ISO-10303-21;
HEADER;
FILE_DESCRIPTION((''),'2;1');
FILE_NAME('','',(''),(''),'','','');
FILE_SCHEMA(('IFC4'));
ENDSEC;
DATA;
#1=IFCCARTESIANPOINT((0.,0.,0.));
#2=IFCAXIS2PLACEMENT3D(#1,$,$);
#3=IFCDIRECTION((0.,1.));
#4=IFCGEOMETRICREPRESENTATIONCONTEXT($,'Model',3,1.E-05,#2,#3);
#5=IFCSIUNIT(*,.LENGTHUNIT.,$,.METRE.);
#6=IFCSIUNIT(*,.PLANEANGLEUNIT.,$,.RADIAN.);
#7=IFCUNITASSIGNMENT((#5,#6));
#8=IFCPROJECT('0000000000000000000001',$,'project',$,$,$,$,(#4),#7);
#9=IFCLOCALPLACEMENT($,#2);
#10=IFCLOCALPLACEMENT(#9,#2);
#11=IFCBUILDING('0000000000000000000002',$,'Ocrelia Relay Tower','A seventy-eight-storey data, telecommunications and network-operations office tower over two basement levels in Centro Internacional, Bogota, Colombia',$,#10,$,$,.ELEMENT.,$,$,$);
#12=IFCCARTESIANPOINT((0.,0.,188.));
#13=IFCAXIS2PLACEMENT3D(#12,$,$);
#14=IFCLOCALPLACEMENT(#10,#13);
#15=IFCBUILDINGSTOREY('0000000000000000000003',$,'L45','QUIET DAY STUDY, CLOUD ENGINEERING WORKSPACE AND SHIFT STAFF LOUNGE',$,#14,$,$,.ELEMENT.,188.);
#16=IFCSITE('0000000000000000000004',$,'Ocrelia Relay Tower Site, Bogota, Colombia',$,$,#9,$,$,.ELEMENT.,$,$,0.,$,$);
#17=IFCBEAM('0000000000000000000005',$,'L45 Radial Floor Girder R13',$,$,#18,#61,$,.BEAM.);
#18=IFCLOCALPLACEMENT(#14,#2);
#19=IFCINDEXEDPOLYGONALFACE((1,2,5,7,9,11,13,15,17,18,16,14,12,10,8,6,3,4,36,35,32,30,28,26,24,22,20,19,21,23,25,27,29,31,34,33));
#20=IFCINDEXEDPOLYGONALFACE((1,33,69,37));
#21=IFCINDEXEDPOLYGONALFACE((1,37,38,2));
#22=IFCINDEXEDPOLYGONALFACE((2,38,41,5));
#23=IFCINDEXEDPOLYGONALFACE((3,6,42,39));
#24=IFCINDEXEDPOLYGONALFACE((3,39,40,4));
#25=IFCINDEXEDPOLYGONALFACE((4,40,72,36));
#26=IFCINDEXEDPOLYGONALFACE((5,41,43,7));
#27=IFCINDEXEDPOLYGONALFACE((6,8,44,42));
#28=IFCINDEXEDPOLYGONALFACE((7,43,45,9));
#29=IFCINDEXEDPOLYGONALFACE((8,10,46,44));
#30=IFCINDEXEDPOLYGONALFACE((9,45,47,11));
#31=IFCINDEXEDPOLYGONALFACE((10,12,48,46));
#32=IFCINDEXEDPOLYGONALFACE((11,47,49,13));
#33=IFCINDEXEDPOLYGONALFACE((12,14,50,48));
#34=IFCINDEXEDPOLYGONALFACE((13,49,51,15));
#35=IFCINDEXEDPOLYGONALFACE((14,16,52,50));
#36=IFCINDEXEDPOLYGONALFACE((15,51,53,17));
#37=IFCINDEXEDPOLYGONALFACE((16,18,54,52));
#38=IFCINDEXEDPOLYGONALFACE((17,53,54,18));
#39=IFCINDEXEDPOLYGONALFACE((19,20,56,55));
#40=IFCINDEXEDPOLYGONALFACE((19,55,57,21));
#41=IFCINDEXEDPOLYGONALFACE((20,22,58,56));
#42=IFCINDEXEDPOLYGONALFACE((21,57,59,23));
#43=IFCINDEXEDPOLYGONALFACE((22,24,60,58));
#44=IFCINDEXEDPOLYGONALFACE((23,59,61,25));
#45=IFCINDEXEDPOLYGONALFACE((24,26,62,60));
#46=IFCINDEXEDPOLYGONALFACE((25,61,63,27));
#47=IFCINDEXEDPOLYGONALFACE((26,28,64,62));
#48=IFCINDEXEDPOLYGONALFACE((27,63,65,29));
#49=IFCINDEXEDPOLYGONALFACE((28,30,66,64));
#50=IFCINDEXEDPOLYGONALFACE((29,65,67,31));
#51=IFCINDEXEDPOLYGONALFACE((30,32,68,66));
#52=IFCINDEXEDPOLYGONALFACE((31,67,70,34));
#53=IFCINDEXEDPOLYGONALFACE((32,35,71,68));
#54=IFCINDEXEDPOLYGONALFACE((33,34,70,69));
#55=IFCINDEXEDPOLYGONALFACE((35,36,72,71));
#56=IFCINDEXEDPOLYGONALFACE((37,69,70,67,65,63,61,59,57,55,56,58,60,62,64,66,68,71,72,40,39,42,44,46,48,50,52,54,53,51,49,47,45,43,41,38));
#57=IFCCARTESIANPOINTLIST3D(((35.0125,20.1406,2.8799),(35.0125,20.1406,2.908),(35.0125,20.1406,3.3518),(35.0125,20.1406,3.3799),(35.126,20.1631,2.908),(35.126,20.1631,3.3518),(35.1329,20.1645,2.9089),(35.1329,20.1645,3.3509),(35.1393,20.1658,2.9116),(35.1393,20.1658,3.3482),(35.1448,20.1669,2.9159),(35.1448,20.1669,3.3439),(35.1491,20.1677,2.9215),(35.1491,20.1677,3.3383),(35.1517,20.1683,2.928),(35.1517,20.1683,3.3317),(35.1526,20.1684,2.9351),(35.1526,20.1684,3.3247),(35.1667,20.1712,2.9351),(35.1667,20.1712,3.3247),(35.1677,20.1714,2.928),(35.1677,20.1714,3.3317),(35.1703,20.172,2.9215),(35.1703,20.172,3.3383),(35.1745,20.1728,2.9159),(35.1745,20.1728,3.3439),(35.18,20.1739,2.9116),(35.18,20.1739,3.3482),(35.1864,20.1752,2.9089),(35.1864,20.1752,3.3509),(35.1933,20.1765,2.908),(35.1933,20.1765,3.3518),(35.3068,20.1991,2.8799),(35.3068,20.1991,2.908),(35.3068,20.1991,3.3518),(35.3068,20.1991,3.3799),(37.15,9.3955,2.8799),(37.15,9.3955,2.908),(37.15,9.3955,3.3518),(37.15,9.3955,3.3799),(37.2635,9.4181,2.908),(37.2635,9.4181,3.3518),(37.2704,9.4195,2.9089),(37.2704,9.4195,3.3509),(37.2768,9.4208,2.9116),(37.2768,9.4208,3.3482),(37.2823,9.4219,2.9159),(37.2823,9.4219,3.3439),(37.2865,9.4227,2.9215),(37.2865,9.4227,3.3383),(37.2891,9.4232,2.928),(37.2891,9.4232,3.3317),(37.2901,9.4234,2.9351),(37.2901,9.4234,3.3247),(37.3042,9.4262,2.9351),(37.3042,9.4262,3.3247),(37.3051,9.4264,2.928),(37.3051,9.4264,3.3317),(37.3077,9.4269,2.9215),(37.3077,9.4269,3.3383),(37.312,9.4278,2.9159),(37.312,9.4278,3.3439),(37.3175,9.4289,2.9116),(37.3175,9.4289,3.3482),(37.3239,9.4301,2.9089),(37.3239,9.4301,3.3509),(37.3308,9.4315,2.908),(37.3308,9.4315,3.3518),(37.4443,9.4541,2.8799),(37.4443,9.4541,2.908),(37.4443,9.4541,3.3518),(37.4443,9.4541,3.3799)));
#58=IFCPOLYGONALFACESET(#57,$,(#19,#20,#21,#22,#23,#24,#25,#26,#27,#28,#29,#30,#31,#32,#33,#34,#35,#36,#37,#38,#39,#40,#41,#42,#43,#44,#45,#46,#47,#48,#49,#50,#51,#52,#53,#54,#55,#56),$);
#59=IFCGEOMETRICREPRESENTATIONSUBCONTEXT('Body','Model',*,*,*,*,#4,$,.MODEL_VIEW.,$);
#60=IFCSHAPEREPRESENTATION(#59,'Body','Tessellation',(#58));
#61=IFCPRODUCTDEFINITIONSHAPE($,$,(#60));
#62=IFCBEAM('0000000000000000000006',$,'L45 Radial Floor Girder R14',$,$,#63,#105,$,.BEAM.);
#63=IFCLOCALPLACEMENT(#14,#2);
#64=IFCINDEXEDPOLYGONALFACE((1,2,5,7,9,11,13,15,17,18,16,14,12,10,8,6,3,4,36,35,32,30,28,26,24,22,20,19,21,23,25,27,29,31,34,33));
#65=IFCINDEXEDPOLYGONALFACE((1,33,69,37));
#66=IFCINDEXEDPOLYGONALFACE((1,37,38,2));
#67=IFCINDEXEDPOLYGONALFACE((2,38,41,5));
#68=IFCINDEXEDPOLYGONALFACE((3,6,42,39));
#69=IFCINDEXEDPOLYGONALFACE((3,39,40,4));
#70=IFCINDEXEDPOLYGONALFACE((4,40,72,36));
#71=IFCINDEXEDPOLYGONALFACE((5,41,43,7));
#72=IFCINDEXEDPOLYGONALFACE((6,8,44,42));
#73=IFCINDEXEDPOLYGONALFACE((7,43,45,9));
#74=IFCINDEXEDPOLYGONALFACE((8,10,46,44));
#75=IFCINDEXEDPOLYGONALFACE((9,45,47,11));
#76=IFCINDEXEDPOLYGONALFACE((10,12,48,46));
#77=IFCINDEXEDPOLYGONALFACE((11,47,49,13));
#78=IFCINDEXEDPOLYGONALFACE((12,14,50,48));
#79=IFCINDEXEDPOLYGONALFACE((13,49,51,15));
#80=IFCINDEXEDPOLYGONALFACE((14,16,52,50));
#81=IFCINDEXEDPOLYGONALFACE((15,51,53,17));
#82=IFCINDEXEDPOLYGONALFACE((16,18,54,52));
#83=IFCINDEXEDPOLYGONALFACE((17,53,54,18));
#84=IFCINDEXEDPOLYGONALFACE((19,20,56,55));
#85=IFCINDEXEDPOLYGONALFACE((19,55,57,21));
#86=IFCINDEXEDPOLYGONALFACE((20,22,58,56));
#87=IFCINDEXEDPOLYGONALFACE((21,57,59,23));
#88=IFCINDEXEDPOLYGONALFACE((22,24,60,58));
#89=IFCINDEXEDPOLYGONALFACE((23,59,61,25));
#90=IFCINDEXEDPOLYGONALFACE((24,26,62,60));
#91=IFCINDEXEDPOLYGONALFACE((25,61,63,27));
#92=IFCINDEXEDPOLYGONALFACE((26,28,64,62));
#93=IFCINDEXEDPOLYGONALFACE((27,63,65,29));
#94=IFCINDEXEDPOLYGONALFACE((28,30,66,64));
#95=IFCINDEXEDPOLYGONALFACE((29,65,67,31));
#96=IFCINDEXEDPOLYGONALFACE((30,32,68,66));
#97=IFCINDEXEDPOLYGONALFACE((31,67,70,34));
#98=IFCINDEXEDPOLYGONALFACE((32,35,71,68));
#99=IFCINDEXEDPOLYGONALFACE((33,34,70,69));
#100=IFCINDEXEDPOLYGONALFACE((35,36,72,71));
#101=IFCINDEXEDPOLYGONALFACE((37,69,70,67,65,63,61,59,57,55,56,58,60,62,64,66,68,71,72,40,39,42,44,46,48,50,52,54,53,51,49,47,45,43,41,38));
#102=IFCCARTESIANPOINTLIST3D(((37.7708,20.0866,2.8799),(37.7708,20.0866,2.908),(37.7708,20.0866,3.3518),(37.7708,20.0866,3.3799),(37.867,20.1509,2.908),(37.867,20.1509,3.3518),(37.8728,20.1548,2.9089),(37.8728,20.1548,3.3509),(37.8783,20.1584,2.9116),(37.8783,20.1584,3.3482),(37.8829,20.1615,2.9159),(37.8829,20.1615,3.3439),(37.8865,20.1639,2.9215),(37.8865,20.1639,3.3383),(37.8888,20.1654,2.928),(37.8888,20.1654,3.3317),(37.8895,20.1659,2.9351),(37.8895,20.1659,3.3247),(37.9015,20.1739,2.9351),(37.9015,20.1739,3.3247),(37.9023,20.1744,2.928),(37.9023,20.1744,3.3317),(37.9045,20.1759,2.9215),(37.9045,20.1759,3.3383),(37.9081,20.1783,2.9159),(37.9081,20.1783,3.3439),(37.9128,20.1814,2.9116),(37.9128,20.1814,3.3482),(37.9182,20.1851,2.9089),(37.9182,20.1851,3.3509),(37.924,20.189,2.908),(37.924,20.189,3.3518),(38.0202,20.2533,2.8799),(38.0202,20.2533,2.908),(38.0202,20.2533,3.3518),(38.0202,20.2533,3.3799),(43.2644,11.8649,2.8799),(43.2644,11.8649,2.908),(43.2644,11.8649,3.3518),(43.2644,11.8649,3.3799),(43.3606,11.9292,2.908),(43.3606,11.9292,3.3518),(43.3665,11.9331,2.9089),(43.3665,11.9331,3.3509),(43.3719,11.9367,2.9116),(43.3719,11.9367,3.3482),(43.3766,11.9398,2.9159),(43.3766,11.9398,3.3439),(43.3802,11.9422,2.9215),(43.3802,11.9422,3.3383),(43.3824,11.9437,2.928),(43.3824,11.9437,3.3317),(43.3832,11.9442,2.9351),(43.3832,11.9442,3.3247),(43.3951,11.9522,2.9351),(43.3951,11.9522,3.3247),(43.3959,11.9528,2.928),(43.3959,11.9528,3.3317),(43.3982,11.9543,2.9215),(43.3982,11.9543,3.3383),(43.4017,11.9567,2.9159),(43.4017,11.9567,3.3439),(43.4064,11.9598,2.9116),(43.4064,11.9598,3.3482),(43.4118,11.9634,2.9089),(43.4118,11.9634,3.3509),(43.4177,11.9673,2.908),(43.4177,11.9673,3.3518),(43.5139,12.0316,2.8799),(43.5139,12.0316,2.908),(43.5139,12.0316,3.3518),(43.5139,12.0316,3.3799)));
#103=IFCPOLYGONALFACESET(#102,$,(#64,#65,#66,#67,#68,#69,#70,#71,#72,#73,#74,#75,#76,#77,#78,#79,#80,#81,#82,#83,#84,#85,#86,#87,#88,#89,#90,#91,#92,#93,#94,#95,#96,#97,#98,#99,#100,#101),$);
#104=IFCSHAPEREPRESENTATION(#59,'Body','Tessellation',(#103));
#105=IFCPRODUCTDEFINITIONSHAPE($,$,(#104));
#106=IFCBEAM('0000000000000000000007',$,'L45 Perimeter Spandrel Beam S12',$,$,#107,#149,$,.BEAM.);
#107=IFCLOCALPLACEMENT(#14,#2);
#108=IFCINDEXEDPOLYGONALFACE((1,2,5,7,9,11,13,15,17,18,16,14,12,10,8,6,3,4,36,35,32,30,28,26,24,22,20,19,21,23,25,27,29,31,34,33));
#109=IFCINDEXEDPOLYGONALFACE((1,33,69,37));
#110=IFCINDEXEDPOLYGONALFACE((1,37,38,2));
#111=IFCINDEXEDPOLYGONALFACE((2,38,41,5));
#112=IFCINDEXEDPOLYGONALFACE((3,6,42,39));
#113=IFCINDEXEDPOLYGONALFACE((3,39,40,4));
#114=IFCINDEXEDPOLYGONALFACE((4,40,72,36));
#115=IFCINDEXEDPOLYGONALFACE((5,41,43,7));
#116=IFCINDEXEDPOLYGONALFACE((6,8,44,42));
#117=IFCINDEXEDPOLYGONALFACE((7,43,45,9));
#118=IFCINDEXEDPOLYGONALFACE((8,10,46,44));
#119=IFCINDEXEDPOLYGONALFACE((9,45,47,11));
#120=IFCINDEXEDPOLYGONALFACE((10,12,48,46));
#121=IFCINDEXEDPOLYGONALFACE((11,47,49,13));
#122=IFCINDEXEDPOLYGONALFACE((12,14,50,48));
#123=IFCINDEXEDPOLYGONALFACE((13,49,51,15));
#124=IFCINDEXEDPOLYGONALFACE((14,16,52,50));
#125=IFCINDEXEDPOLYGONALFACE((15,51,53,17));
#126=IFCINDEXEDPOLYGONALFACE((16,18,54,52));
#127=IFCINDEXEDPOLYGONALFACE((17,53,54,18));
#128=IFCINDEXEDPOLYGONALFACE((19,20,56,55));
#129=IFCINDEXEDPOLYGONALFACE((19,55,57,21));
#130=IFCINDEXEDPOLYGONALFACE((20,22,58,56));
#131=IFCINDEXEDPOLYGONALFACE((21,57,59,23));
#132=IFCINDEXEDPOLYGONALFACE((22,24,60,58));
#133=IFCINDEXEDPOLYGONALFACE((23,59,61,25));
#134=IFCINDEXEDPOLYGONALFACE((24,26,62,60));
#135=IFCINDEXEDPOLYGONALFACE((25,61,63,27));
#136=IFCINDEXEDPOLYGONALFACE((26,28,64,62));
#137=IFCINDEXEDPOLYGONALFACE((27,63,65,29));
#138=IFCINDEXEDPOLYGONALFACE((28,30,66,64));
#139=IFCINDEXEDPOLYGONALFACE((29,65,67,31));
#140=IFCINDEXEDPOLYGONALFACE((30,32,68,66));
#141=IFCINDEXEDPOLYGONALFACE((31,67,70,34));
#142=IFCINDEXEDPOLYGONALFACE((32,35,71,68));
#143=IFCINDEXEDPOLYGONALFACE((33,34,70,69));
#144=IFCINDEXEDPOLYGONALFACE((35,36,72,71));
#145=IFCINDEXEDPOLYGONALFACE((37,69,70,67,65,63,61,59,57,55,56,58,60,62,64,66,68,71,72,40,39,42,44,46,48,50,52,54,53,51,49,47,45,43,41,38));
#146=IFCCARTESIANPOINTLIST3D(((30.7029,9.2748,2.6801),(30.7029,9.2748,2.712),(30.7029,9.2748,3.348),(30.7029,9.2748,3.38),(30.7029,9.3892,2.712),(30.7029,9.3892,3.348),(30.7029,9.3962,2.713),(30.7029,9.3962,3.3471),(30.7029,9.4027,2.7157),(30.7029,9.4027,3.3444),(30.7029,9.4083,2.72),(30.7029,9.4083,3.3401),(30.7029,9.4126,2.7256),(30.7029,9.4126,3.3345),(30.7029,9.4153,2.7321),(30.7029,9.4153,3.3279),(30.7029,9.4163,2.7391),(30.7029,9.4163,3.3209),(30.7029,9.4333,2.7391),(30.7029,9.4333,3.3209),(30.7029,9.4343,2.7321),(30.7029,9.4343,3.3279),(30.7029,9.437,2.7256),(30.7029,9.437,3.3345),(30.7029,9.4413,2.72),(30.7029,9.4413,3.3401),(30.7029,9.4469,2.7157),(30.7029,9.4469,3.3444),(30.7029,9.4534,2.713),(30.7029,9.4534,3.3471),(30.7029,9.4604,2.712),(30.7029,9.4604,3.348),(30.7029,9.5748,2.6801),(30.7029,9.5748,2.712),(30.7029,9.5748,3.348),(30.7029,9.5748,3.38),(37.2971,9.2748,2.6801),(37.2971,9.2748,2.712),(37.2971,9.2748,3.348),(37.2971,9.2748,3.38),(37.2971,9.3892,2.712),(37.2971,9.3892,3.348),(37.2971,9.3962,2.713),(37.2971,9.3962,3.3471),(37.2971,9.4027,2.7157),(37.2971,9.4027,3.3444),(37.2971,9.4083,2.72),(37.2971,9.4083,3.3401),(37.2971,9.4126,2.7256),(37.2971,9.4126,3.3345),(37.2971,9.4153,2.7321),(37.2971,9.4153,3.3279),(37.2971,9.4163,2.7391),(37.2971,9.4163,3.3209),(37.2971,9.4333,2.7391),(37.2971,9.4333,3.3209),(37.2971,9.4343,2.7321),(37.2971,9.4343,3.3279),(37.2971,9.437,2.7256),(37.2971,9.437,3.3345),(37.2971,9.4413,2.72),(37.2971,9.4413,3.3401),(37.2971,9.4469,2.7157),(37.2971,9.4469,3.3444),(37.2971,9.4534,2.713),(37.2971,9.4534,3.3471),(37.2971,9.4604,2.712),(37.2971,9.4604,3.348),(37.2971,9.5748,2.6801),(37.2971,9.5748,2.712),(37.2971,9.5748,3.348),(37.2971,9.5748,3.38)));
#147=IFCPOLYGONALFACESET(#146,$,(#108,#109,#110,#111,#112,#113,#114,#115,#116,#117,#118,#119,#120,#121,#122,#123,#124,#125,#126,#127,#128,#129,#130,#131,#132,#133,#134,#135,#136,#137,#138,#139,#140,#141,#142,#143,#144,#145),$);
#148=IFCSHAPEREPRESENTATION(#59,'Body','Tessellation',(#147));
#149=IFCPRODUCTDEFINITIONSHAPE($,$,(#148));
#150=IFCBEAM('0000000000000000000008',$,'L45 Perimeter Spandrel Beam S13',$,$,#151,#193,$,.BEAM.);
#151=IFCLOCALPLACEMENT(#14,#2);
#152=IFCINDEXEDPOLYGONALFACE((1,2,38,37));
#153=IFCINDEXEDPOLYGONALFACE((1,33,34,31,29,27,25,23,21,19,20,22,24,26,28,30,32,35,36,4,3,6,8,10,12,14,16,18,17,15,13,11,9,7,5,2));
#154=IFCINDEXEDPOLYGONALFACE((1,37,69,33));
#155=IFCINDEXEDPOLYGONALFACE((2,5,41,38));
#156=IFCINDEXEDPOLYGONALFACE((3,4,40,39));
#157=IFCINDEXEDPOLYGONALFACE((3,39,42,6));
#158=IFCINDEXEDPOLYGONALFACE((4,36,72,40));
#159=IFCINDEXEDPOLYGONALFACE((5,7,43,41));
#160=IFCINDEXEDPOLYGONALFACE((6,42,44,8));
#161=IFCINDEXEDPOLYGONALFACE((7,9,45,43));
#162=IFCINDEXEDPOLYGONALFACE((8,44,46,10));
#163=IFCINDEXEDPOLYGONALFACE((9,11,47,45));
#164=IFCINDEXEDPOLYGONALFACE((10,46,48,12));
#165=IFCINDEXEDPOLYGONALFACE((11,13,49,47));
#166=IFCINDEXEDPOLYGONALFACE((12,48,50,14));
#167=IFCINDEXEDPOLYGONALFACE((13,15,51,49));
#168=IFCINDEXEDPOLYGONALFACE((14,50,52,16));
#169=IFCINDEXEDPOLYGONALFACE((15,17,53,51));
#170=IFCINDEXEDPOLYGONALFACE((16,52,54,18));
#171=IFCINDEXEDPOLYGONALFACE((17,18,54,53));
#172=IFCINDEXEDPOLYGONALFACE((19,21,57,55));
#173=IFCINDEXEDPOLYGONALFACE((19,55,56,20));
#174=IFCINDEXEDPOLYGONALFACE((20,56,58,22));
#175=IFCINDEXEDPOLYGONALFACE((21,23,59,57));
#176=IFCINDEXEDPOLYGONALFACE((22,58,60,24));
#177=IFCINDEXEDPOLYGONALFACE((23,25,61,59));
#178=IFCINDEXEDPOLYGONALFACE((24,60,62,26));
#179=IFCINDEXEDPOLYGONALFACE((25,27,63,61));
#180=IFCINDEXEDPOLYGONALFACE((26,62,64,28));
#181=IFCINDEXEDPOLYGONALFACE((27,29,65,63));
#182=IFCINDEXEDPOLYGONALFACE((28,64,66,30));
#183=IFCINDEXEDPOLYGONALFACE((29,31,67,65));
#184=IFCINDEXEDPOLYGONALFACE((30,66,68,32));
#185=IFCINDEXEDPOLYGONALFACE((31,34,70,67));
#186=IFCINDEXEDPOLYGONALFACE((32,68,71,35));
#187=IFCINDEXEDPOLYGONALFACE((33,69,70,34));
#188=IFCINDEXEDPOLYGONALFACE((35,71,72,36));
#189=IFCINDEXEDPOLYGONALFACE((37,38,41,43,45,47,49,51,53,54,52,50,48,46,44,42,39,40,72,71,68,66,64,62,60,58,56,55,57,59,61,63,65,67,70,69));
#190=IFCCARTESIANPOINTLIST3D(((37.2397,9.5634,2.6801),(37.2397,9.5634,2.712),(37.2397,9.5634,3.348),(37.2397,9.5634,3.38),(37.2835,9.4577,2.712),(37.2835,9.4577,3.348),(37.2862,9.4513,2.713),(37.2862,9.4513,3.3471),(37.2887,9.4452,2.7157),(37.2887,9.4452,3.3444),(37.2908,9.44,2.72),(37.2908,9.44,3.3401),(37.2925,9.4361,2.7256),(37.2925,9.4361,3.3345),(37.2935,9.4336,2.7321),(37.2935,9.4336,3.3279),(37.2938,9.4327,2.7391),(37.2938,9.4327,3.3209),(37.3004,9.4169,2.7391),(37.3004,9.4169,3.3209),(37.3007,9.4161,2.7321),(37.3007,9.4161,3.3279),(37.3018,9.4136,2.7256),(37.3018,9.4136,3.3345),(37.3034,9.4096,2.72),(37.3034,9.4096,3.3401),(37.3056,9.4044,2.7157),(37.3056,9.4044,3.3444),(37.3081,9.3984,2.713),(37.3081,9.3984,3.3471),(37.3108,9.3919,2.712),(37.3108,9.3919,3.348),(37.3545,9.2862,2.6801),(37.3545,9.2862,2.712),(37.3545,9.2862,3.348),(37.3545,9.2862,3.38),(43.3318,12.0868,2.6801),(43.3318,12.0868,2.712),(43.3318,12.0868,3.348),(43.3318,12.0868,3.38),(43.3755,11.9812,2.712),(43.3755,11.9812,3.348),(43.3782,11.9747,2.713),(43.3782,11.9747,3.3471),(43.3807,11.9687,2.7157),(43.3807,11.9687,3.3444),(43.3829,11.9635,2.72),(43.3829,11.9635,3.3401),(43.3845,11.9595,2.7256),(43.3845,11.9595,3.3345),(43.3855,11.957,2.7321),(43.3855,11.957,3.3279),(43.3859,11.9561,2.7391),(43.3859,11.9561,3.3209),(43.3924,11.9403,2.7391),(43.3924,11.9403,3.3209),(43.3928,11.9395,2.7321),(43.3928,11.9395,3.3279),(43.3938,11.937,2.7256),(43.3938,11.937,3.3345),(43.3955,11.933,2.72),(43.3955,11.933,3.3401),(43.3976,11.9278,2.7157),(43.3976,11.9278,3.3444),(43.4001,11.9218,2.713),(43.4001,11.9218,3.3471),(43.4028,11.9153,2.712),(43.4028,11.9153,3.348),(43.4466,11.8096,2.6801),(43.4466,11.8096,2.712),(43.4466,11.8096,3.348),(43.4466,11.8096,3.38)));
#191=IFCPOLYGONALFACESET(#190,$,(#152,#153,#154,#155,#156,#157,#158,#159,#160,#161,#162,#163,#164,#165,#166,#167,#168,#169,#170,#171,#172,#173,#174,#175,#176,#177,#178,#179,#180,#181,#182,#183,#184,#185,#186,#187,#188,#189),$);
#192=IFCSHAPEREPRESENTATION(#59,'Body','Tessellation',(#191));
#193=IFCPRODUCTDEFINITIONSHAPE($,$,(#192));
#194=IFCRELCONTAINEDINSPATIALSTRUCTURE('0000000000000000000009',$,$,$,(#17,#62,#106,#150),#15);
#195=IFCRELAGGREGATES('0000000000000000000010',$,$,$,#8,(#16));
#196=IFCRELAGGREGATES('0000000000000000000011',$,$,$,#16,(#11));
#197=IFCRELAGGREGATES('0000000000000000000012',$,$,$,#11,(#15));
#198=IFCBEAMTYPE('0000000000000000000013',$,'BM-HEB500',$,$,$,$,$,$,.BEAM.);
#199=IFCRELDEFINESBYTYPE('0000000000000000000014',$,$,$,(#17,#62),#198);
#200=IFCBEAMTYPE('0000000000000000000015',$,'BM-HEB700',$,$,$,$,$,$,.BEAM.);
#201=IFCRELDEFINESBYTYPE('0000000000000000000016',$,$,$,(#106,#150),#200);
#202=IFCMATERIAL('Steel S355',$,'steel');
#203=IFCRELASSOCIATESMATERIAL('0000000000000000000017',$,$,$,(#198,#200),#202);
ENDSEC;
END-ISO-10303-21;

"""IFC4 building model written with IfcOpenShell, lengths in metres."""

from ifc_helpers import new_model, si_unit, direction, frame, origin, origin_2d, place, context, subcontext, project, spatial, i_section, extrude, material, material_profile, profile_set, type_object, element, save


model = new_model("IFC4")

# Units and contexts
model_context = context("Model", 3, precision=1e-05, world=origin(), true_north=direction((0.0, 1.0)))
body_context = subcontext(model_context, "Body", "Model", "MODEL_VIEW")
ifc_project = project(units=[si_unit("LENGTHUNIT", "METRE"), si_unit("PLANEANGLEUNIT", "RADIAN")], contexts=[model_context])

# Site, building, storey
site_placement = place(None, origin())
site = spatial("IfcSite", under=ifc_project, at=site_placement, Name="Ocrelia Relay Tower Site, Bogota, Colombia", CompositionType="ELEMENT", RefElevation=0.0)
building_placement = place(site_placement, origin())
building = spatial("IfcBuilding", under=site, at=building_placement, Name="Ocrelia Relay Tower", Description="A seventy-eight-storey data, telecommunications and network-operations office tower over two basement levels in Centro Internacional, Bogota, Colombia", CompositionType="ELEMENT")
storey_placement = place(building_placement, frame((0.0, 0.0, 188.0)))
storey = spatial("IfcBuildingStorey", under=building, at=storey_placement, Name="L45", Description="QUIET DAY STUDY, CLOUD ENGINEERING WORKSPACE AND SHIFT STAFF LOUNGE", CompositionType="ELEMENT", Elevation=188.0)

# Beams
ifc_material_1 = material(Name="Steel S355", Category="steel")
ifc_material_profile_1 = material_profile(ifc_material_1, i_section(OverallWidth=0.3, OverallDepth=0.5, WebThickness=0.0144, FlangeThickness=0.0281, FilletRadius=0.0271, at=origin_2d()), Name="HEB 500")
ifc_profile_set_1 = profile_set([ifc_material_profile_1], Name="Steel S355")
beam_type_1 = type_object("IfcBeamType", Name="BM-HEB500", PredefinedType="BEAM", material=ifc_profile_set_1)
for number, where, z_axis, x_axis, name in (
    (1, (37.2971, 9.4248, 3.1299), (-0.1951, 0.980783, 0.0), (-0.980783, -0.1951, 0.0), "L45 Radial Floor Girder R13"),
):
    element("IfcBeam", number, at=place(storey_placement, frame(where, z_axis=z_axis, x_axis=x_axis)), inside=storey, type_object=beam_type_1, Name=name, PredefinedType="BEAM", context=body_context, shape_type="SweptSolid", body=[
        extrude(i_section(OverallWidth=0.3, OverallDepth=0.5, WebThickness=0.0144, FlangeThickness=0.0281, FilletRadius=0.0271, at=origin_2d()), origin(), (0.0, 0.0, 1.0), 10.9556),
    ])
beam_1_placement = place(storey_placement, frame((43.3892, 11.9482, 3.1299), z_axis=(-0.555577, 0.831465, 0.0), x_axis=(-0.831465, -0.555577, 0.0)))
element("IfcBeam", 2, at=beam_1_placement, inside=storey, type_object=beam_type_1, Name="L45 Radial Floor Girder R14", PredefinedType="BEAM", context=body_context, shape_type="SweptSolid", body=[
    extrude(i_section(OverallWidth=0.3, OverallDepth=0.5, WebThickness=0.0144, FlangeThickness=0.0281, FilletRadius=0.0271, at=origin_2d()), origin(), (0.0, 0.0, 1.0), 9.8882),
])
ifc_material_profile_2 = material_profile(ifc_material_1, i_section(OverallWidth=0.3, OverallDepth=0.7, WebThickness=0.0171, FlangeThickness=0.032, FilletRadius=0.0271, at=origin_2d()), Name="HEB 700")
ifc_profile_set_2 = profile_set([ifc_material_profile_2], Name="Steel S355")
beam_type_2 = type_object("IfcBeamType", Name="BM-HEB700", PredefinedType="BEAM", material=ifc_profile_set_2)
beam_2_placement = place(storey_placement, frame((30.7029, 9.4248, 3.03), z_axis=(1.0, 0.0, 0.0), x_axis=(0.0, 1.0, 0.0)))
element("IfcBeam", 3, at=beam_2_placement, inside=storey, type_object=beam_type_2, Name="L45 Perimeter Spandrel Beam S12", PredefinedType="BEAM", context=body_context, shape_type="SweptSolid", body=[
    extrude(i_section(OverallWidth=0.3, OverallDepth=0.7, WebThickness=0.0171, FlangeThickness=0.032, FilletRadius=0.0271, at=origin_2d()), origin(), (0.0, 0.0, 1.0), 6.5942),
])
for number, where, z_axis, x_axis, name in (
    (4, (37.2971, 9.4248, 3.03), (0.923878, 0.382688, 0.0), (-0.382688, 0.923878, 0.0), "L45 Perimeter Spandrel Beam S13"),
):
    element("IfcBeam", number, at=place(storey_placement, frame(where, z_axis=z_axis, x_axis=x_axis)), inside=storey, type_object=beam_type_2, Name=name, PredefinedType="BEAM", context=body_context, shape_type="SweptSolid", body=[
        extrude(i_section(OverallWidth=0.3, OverallDepth=0.7, WebThickness=0.0171, FlangeThickness=0.032, FilletRadius=0.0271, at=origin_2d()), origin(), (0.0, 0.0, 1.0), 6.594),
    ])

save(model, "model.ifc")
